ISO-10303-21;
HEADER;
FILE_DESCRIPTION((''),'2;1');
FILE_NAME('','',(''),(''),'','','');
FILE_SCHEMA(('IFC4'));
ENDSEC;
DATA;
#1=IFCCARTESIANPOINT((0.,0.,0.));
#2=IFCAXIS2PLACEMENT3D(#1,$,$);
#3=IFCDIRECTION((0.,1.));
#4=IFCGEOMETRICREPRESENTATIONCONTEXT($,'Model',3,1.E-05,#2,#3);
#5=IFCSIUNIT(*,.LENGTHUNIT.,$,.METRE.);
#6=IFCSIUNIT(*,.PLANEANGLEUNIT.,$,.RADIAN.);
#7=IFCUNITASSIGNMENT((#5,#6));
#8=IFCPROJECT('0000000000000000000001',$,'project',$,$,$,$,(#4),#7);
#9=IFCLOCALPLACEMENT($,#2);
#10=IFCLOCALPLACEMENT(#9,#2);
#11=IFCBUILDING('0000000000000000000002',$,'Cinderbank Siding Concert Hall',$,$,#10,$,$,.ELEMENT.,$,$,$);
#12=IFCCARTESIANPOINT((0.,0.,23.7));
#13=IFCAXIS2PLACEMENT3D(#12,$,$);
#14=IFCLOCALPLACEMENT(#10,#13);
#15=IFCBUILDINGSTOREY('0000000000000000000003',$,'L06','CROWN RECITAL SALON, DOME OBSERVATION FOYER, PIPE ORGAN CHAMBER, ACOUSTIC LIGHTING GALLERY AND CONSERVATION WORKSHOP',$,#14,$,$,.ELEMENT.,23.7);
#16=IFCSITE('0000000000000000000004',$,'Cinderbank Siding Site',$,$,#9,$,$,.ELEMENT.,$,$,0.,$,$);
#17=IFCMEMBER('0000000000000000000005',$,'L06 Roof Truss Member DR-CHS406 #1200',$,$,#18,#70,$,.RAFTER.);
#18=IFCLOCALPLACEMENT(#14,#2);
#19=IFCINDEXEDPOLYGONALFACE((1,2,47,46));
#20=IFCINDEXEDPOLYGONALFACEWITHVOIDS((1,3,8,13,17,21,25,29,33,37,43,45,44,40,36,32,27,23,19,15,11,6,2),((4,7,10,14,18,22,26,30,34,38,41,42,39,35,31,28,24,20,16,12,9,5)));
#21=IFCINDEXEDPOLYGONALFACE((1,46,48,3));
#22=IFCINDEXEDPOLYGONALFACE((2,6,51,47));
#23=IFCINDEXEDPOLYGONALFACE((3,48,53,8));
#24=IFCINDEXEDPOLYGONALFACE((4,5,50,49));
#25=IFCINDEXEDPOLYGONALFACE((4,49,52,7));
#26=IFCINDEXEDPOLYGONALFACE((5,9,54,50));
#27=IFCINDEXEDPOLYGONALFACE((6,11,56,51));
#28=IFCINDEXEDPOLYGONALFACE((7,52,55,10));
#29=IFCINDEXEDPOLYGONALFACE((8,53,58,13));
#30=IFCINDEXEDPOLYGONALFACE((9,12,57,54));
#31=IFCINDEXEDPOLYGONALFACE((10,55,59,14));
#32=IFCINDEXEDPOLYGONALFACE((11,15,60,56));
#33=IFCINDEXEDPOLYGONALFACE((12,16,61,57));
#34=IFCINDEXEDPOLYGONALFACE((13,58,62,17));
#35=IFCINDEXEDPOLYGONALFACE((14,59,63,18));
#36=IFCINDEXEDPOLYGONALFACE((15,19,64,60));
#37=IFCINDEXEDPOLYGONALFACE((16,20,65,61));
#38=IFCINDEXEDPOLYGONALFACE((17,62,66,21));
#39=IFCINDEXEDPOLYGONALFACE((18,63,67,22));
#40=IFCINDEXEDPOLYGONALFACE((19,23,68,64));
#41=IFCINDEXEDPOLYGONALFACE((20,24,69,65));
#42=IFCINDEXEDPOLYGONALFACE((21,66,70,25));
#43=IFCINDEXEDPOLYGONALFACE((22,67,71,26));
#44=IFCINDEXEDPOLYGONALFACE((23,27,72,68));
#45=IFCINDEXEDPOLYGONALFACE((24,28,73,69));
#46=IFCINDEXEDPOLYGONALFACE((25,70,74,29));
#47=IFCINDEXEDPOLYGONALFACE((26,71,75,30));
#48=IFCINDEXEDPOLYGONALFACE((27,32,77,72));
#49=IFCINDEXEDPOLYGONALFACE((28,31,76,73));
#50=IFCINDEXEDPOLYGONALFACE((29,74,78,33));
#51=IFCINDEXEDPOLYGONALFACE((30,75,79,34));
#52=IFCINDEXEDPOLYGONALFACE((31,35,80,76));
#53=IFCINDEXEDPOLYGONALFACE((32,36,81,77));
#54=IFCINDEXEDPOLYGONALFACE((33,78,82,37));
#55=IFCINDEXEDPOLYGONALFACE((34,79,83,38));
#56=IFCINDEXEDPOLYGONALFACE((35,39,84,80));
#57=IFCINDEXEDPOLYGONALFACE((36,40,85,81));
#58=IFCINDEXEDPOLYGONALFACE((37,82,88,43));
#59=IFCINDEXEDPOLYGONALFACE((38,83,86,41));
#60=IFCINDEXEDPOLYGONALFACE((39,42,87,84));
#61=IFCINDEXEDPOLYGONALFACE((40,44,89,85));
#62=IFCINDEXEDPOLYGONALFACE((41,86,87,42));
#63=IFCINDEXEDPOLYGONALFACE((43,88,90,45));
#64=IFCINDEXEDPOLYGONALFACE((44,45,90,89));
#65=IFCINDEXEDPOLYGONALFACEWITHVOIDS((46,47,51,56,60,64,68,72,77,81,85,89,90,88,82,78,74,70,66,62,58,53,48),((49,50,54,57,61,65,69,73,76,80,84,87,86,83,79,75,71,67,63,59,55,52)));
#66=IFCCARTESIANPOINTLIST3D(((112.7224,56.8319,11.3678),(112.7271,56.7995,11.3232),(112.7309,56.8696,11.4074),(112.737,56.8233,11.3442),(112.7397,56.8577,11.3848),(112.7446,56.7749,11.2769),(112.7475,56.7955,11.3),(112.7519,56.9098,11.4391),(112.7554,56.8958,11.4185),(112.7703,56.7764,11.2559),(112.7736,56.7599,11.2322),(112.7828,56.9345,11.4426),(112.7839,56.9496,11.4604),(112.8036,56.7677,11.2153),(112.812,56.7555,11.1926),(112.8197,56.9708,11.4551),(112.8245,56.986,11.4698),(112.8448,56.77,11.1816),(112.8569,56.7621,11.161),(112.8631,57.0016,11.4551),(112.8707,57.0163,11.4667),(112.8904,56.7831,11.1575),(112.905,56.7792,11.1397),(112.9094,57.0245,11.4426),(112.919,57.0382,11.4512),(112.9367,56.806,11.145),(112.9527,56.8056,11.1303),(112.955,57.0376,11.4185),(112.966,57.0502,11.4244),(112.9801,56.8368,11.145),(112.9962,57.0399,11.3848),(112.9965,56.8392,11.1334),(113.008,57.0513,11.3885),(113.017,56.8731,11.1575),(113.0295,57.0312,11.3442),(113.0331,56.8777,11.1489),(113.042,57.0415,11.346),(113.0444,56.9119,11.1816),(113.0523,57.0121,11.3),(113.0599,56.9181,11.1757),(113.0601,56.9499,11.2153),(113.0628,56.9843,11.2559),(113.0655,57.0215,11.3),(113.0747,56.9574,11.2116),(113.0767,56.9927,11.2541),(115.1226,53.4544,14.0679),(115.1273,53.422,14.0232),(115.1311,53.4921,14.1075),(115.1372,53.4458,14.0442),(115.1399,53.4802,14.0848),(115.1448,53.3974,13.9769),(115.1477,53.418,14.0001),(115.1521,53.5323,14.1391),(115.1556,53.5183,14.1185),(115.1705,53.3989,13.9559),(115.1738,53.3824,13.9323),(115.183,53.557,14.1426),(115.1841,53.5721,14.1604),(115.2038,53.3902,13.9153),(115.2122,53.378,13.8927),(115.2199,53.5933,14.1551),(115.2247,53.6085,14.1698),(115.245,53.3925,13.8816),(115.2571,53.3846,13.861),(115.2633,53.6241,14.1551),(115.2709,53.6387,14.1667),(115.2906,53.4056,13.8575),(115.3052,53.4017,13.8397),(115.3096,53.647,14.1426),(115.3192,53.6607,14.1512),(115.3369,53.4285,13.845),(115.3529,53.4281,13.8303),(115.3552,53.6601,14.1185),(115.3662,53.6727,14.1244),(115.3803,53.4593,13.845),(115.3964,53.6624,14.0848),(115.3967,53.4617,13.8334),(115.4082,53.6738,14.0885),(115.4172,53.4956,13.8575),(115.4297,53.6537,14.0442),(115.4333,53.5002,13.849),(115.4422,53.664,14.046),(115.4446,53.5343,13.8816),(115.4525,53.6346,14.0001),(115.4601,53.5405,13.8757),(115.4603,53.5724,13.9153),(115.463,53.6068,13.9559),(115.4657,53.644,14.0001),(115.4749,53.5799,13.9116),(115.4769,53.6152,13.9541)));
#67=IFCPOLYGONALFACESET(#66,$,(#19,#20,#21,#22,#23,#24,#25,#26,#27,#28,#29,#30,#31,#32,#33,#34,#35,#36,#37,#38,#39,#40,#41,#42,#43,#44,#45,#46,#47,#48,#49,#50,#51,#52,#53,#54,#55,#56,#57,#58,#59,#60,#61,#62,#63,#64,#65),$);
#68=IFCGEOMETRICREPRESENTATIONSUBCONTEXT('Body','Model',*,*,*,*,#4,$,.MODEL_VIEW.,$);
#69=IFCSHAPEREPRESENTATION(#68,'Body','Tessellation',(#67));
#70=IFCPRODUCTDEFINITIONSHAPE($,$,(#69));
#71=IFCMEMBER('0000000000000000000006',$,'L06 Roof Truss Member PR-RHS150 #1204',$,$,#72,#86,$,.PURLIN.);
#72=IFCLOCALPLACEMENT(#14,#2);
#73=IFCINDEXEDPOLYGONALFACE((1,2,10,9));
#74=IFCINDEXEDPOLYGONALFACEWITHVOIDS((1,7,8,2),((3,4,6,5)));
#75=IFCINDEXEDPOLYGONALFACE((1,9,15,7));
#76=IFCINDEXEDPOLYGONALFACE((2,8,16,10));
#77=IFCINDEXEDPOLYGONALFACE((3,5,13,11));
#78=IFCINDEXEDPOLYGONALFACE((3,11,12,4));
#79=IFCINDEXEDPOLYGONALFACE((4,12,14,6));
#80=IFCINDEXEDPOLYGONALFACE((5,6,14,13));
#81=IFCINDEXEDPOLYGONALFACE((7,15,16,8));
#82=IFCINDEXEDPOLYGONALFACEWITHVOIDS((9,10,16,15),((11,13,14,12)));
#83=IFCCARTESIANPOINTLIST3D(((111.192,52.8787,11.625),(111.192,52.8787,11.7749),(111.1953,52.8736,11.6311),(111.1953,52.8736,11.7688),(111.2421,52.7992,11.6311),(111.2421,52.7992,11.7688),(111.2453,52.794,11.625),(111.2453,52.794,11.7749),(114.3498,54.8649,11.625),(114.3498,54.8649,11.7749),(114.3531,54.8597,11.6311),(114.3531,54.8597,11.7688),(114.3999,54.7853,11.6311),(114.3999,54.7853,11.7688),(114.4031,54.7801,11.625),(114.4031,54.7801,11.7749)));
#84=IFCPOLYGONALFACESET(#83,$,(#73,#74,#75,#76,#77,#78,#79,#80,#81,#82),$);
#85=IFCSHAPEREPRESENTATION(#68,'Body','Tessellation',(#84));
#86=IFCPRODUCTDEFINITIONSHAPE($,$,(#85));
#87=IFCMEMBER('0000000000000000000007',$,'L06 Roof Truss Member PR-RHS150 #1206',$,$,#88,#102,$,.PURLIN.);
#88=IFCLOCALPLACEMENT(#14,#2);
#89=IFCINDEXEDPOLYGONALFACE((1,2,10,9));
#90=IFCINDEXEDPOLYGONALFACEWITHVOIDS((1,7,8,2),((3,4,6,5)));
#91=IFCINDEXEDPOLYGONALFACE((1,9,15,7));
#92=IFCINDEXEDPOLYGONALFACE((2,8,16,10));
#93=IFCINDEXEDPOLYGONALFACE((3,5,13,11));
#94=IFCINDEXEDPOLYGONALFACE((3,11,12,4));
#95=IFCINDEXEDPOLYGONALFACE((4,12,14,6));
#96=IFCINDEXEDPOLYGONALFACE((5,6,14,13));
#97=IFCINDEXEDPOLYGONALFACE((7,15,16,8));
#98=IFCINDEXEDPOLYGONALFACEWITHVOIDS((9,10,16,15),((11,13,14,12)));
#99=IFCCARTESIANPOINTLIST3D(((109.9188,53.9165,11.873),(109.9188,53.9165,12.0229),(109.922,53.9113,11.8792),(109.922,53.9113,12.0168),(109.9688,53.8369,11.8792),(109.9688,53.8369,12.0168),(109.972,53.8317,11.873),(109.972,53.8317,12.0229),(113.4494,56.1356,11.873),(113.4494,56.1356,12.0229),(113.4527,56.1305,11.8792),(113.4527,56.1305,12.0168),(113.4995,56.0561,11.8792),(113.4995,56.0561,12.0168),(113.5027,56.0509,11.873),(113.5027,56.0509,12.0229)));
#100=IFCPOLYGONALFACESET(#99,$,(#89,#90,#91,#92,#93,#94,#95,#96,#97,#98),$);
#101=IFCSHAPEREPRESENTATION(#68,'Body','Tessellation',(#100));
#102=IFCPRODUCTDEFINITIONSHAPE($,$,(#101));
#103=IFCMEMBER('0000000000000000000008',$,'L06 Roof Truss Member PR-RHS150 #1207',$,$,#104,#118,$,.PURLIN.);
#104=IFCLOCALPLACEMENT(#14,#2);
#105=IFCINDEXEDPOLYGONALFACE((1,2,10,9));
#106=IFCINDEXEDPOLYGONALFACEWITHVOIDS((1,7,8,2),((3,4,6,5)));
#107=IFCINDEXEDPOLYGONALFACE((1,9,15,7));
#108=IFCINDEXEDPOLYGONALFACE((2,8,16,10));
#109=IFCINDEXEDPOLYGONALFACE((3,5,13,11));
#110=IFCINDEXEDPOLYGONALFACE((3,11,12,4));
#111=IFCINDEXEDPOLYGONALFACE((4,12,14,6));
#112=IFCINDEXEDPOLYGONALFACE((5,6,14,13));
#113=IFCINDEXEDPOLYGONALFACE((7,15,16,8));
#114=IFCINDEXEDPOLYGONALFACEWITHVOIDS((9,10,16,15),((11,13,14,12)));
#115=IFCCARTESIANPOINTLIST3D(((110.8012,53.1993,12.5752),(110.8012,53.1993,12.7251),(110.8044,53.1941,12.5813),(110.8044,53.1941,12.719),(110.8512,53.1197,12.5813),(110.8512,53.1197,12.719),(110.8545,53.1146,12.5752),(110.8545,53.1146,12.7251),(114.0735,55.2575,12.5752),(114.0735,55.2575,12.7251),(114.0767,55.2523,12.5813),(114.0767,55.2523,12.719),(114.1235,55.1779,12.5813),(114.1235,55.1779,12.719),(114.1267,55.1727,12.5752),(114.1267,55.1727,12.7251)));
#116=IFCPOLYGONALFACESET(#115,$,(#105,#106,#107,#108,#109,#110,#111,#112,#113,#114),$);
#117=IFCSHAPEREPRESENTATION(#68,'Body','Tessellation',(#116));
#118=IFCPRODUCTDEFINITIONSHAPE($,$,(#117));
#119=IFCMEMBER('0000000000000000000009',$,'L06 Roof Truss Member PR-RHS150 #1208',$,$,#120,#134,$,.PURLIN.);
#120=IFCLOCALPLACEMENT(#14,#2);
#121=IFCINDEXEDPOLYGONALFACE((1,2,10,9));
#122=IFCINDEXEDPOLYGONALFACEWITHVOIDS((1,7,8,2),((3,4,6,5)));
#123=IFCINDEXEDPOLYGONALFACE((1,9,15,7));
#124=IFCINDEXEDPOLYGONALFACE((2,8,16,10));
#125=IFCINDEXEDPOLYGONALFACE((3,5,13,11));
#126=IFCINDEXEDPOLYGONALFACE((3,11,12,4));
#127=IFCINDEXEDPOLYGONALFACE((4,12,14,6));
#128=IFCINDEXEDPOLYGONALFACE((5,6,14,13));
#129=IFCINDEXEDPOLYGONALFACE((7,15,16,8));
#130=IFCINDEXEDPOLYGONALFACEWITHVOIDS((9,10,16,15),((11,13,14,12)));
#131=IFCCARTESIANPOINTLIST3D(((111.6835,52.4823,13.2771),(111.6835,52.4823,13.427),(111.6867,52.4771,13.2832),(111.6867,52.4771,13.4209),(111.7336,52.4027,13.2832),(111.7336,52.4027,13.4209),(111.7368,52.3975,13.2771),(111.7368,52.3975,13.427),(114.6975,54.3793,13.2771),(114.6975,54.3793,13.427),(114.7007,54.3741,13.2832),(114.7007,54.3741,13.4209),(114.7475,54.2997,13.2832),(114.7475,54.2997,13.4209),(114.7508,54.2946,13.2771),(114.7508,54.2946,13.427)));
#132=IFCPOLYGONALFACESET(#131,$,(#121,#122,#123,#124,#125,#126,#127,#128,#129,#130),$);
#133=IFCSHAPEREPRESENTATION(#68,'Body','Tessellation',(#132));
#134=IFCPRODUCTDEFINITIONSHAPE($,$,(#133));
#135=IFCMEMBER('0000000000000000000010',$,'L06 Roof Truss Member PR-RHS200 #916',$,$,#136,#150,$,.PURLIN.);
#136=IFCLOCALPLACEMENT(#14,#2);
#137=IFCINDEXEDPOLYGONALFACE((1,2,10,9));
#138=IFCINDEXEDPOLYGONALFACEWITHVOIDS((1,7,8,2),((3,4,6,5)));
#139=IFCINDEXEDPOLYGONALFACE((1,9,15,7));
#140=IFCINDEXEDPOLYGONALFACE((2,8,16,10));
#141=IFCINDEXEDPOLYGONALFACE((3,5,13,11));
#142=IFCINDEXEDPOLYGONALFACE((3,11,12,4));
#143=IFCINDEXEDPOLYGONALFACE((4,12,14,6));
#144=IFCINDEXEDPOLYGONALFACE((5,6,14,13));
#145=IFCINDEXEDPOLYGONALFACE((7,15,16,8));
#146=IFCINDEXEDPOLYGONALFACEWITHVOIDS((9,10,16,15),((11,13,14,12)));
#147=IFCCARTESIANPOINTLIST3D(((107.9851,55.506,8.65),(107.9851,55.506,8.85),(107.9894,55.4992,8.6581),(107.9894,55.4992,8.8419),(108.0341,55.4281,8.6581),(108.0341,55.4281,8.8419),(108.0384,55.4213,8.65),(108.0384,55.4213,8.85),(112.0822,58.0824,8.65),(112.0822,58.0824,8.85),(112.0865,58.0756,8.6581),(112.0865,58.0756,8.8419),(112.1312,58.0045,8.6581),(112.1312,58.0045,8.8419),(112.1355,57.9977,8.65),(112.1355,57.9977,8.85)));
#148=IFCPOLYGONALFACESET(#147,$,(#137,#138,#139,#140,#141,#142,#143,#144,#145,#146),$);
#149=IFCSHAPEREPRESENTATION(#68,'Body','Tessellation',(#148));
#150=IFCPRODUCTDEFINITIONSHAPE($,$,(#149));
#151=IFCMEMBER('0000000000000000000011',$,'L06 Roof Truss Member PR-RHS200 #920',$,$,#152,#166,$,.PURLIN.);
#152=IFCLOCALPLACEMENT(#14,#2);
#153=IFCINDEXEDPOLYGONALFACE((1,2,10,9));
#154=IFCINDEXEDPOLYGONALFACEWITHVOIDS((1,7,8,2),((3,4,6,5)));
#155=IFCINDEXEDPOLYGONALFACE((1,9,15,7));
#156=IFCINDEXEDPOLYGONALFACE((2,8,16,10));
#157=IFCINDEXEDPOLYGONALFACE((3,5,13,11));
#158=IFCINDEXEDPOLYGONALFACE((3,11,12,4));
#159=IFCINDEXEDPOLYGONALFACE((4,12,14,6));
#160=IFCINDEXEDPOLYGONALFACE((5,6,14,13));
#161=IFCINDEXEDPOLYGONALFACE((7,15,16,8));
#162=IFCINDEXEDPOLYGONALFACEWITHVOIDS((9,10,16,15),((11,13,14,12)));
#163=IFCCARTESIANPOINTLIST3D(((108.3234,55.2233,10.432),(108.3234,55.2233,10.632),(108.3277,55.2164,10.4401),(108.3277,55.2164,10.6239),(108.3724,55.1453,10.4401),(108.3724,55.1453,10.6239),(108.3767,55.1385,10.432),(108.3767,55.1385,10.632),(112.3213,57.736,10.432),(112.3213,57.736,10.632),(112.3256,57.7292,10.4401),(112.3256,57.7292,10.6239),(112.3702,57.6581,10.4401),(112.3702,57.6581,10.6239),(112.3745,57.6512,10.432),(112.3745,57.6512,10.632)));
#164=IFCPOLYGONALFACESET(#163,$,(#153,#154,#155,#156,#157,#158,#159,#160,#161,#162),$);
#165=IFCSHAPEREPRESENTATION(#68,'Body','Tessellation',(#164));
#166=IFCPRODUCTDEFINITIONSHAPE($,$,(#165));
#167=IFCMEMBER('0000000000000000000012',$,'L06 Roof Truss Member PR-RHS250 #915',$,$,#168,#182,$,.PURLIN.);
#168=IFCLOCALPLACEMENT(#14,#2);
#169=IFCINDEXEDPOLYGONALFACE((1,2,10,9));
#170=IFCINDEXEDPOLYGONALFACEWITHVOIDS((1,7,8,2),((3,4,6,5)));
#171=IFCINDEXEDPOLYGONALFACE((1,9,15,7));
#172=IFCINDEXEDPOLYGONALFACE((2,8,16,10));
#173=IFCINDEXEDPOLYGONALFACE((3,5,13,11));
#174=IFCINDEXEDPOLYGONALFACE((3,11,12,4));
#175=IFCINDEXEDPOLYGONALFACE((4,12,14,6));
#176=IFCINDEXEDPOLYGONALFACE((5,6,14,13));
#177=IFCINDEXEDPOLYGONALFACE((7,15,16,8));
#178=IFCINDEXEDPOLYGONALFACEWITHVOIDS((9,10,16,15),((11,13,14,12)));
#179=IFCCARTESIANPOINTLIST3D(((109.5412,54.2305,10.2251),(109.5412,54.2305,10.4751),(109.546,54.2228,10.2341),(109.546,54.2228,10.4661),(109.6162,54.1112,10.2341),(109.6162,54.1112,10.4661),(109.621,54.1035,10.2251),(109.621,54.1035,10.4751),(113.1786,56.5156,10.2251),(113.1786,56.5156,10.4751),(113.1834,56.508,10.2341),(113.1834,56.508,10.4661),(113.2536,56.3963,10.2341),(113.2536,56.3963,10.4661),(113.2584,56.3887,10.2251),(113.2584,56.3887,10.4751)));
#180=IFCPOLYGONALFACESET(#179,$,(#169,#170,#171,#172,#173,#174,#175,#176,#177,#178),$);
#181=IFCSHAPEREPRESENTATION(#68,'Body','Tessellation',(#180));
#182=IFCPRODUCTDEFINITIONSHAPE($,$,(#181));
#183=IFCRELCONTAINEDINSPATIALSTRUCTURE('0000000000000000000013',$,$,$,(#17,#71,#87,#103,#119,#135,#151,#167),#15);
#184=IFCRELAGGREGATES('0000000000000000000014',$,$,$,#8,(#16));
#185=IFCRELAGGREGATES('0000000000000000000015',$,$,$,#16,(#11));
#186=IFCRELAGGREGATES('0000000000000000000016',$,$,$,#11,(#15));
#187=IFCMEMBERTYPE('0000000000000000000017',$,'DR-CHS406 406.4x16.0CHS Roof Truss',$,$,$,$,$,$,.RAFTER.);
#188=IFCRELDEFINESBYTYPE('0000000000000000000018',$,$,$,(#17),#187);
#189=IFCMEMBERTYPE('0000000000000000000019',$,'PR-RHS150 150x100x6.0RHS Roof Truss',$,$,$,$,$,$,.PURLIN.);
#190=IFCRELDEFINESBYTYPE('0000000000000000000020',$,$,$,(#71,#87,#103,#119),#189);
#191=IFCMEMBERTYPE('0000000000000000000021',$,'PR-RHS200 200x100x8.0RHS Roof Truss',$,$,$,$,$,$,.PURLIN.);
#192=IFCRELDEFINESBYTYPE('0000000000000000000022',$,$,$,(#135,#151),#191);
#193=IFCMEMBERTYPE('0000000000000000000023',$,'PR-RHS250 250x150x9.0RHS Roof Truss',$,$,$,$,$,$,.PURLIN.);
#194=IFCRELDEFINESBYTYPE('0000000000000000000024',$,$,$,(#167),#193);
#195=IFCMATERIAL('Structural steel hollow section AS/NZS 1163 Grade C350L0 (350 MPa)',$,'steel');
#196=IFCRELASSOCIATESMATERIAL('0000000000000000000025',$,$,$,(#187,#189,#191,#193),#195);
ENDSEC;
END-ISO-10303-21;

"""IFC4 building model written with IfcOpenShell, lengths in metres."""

from ifc_helpers import new_model, si_unit, direction, frame, origin, origin_2d, place, context, subcontext, project, spatial, hollow_rectangle, hollow_circle, extrude, material, material_profile, profile_set, type_object, element, save


model = new_model("IFC4")

# Units and contexts
model_context = context("Model", 3, precision=1e-05, world=origin(), true_north=direction((0.0, 1.0)))
body_context = subcontext(model_context, "Body", "Model", "MODEL_VIEW")
ifc_project = project(units=[si_unit("LENGTHUNIT", "METRE"), si_unit("PLANEANGLEUNIT", "RADIAN")], contexts=[model_context])

# Site, building, storey
site_placement = place(None, origin())
site = spatial("IfcSite", under=ifc_project, at=site_placement, Name="Cinderbank Siding Site", CompositionType="ELEMENT", RefElevation=0.0)
building_placement = place(site_placement, origin())
building = spatial("IfcBuilding", under=site, at=building_placement, Name="Cinderbank Siding Concert Hall", CompositionType="ELEMENT")
storey_placement = place(building_placement, frame((0.0, 0.0, 23.7)))
storey = spatial("IfcBuildingStorey", under=building, at=storey_placement, Name="L06", Description="CROWN RECITAL SALON, DOME OBSERVATION FOYER, PIPE ORGAN CHAMBER, ACOUSTIC LIGHTING GALLERY AND CONSERVATION WORKSHOP", CompositionType="ELEMENT", Elevation=23.7)

# Members
ifc_material_1 = material(Name="Structural steel hollow section AS/NZS 1163 Grade C350L0 (350 MPa)", Category="steel")
ifc_material_profile_1 = material_profile(ifc_material_1, hollow_circle(Radius=0.2031, WallThickness=0.0161, at=origin_2d()), Name="406.4x16.0CHS", Category="LoadBearing")
ifc_profile_set_1 = profile_set([ifc_material_profile_1], Name="Structural steel hollow section AS/NZS 1163 Grade C350L0 (350 MPa)")
member_type_1 = type_object("IfcMemberType", Name="DR-CHS406 406.4x16.0CHS Roof Truss", PredefinedType="RAFTER", material=ifc_profile_set_1)
member_1_placement = place(storey_placement, frame((112.8999, 56.9038, 11.3), z_axis=(0.485323, -0.682938, 0.545946), x_axis=(0.815136, 0.579269, 0.0)))
element("IfcMember", 1, at=member_1_placement, inside=storey, type_object=member_type_1, Name="L06 Roof Truss Member DR-CHS406 #1200", PredefinedType="RAFTER", context=body_context, shape_type="SweptSolid", body=[
    extrude(hollow_circle(Radius=0.2031, WallThickness=0.0161, at=origin_2d()), origin(), (0.0, 0.0, 1.0), 4.9456),
])
ifc_material_profile_2 = material_profile(ifc_material_1, hollow_rectangle(XDim=0.1001, YDim=0.1499, WallThickness=0.0061, at=origin_2d()), Name="150x100x6.0RHS", Category="LoadBearing")
ifc_profile_set_2 = profile_set([ifc_material_profile_2], Name="Structural steel hollow section AS/NZS 1163 Grade C350L0 (350 MPa)")
member_type_2 = type_object("IfcMemberType", Name="PR-RHS150 150x100x6.0RHS Roof Truss", PredefinedType="PURLIN", material=ifc_profile_set_2)
member_2_placement = place(storey_placement, frame((114.3765, 54.8225, 11.7), z_axis=(-0.846487, -0.532409, 0.0), x_axis=(0.532409, -0.846487, 0.0)))
element("IfcMember", 2, at=member_2_placement, inside=storey, type_object=member_type_2, Name="L06 Roof Truss Member PR-RHS150 #1204", PredefinedType="PURLIN", context=body_context, shape_type="SweptSolid", body=[
    extrude(hollow_rectangle(XDim=0.1001, YDim=0.1499, WallThickness=0.0061, at=origin_2d()), origin(), (0.0, 0.0, 1.0), 3.7305),
])
member_3_placement = place(storey_placement, frame((113.4761, 56.0933, 11.948), z_axis=(-0.846647, -0.532155, 0.0), x_axis=(0.532155, -0.846647, 0.0)))
element("IfcMember", 3, at=member_3_placement, inside=storey, type_object=member_type_2, Name="L06 Roof Truss Member PR-RHS150 #1206", PredefinedType="PURLIN", context=body_context, shape_type="SweptSolid", body=[
    extrude(hollow_rectangle(XDim=0.1001, YDim=0.1499, WallThickness=0.0061, at=origin_2d()), origin(), (0.0, 0.0, 1.0), 4.1702),
])
member_4_placement = place(storey_placement, frame((114.1001, 55.2151, 12.6501), z_axis=(-0.846487, -0.53241, 0.0), x_axis=(0.53241, -0.846487, 0.0)))
element("IfcMember", 4, at=member_4_placement, inside=storey, type_object=member_type_2, Name="L06 Roof Truss Member PR-RHS150 #1207", PredefinedType="PURLIN", context=body_context, shape_type="SweptSolid", body=[
    extrude(hollow_rectangle(XDim=0.1001, YDim=0.1499, WallThickness=0.0061, at=origin_2d()), origin(), (0.0, 0.0, 1.0), 3.8657),
])
member_5_placement = place(storey_placement, frame((114.7241, 54.3369, 13.3521), z_axis=(-0.846319, -0.532677, 0.0), x_axis=(0.532677, -0.846319, 0.0)))
element("IfcMember", 5, at=member_5_placement, inside=storey, type_object=member_type_2, Name="L06 Roof Truss Member PR-RHS150 #1208", PredefinedType="PURLIN", context=body_context, shape_type="SweptSolid", body=[
    extrude(hollow_rectangle(XDim=0.1001, YDim=0.1499, WallThickness=0.0061, at=origin_2d()), origin(), (0.0, 0.0, 1.0), 3.5613),
])
ifc_material_profile_3 = material_profile(ifc_material_1, hollow_rectangle(XDim=0.1001, YDim=0.2, WallThickness=0.0081, at=origin_2d()), Name="200x100x8.0RHS", Category="LoadBearing")
ifc_profile_set_3 = profile_set([ifc_material_profile_3], Name="Structural steel hollow section AS/NZS 1163 Grade C350L0 (350 MPa)")
member_type_3 = type_object("IfcMemberType", Name="PR-RHS200 200x100x8.0RHS Roof Truss", PredefinedType="PURLIN", material=ifc_profile_set_3)
member_6_placement = place(storey_placement, frame((112.1089, 58.04, 8.75), z_axis=(-0.846538, -0.532328, 0.0), x_axis=(0.532328, -0.846538, 0.0)))
element("IfcMember", 6, at=member_6_placement, inside=storey, type_object=member_type_3, Name="L06 Roof Truss Member PR-RHS200 #916", PredefinedType="PURLIN", context=body_context, shape_type="SweptSolid", body=[
    extrude(hollow_rectangle(XDim=0.1001, YDim=0.2, WallThickness=0.0081, at=origin_2d()), origin(), (0.0, 0.0, 1.0), 4.8398),
])
member_7_placement = place(storey_placement, frame((112.3479, 57.6936, 10.532), z_axis=(-0.846657, -0.53214, 0.0), x_axis=(0.53214, -0.846657, 0.0)))
element("IfcMember", 7, at=member_7_placement, inside=storey, type_object=member_type_3, Name="L06 Roof Truss Member PR-RHS200 #920", PredefinedType="PURLIN", context=body_context, shape_type="SweptSolid", body=[
    extrude(hollow_rectangle(XDim=0.1001, YDim=0.2, WallThickness=0.0081, at=origin_2d()), origin(), (0.0, 0.0, 1.0), 4.7219),
])
ifc_material_profile_4 = material_profile(ifc_material_1, hollow_rectangle(XDim=0.1499, YDim=0.25, WallThickness=0.009, at=origin_2d()), Name="250x150x9.0RHS", Category="LoadBearing")
ifc_profile_set_4 = profile_set([ifc_material_profile_4], Name="Structural steel hollow section AS/NZS 1163 Grade C350L0 (350 MPa)")
member_type_4 = type_object("IfcMemberType", Name="PR-RHS250 250x150x9.0RHS Roof Truss", PredefinedType="PURLIN", material=ifc_profile_set_4)
member_8_placement = place(storey_placement, frame((113.2185, 56.4521, 10.3501), z_axis=(-0.846767, -0.531964, 0.0), x_axis=(0.531964, -0.846767, 0.0)))
element("IfcMember", 8, at=member_8_placement, inside=storey, type_object=member_type_4, Name="L06 Roof Truss Member PR-RHS250 #915", PredefinedType="PURLIN", context=body_context, shape_type="SweptSolid", body=[
    extrude(hollow_rectangle(XDim=0.1499, YDim=0.25, WallThickness=0.009, at=origin_2d()), origin(), (0.0, 0.0, 1.0), 4.2957),
])

save(model, "model.ifc")
